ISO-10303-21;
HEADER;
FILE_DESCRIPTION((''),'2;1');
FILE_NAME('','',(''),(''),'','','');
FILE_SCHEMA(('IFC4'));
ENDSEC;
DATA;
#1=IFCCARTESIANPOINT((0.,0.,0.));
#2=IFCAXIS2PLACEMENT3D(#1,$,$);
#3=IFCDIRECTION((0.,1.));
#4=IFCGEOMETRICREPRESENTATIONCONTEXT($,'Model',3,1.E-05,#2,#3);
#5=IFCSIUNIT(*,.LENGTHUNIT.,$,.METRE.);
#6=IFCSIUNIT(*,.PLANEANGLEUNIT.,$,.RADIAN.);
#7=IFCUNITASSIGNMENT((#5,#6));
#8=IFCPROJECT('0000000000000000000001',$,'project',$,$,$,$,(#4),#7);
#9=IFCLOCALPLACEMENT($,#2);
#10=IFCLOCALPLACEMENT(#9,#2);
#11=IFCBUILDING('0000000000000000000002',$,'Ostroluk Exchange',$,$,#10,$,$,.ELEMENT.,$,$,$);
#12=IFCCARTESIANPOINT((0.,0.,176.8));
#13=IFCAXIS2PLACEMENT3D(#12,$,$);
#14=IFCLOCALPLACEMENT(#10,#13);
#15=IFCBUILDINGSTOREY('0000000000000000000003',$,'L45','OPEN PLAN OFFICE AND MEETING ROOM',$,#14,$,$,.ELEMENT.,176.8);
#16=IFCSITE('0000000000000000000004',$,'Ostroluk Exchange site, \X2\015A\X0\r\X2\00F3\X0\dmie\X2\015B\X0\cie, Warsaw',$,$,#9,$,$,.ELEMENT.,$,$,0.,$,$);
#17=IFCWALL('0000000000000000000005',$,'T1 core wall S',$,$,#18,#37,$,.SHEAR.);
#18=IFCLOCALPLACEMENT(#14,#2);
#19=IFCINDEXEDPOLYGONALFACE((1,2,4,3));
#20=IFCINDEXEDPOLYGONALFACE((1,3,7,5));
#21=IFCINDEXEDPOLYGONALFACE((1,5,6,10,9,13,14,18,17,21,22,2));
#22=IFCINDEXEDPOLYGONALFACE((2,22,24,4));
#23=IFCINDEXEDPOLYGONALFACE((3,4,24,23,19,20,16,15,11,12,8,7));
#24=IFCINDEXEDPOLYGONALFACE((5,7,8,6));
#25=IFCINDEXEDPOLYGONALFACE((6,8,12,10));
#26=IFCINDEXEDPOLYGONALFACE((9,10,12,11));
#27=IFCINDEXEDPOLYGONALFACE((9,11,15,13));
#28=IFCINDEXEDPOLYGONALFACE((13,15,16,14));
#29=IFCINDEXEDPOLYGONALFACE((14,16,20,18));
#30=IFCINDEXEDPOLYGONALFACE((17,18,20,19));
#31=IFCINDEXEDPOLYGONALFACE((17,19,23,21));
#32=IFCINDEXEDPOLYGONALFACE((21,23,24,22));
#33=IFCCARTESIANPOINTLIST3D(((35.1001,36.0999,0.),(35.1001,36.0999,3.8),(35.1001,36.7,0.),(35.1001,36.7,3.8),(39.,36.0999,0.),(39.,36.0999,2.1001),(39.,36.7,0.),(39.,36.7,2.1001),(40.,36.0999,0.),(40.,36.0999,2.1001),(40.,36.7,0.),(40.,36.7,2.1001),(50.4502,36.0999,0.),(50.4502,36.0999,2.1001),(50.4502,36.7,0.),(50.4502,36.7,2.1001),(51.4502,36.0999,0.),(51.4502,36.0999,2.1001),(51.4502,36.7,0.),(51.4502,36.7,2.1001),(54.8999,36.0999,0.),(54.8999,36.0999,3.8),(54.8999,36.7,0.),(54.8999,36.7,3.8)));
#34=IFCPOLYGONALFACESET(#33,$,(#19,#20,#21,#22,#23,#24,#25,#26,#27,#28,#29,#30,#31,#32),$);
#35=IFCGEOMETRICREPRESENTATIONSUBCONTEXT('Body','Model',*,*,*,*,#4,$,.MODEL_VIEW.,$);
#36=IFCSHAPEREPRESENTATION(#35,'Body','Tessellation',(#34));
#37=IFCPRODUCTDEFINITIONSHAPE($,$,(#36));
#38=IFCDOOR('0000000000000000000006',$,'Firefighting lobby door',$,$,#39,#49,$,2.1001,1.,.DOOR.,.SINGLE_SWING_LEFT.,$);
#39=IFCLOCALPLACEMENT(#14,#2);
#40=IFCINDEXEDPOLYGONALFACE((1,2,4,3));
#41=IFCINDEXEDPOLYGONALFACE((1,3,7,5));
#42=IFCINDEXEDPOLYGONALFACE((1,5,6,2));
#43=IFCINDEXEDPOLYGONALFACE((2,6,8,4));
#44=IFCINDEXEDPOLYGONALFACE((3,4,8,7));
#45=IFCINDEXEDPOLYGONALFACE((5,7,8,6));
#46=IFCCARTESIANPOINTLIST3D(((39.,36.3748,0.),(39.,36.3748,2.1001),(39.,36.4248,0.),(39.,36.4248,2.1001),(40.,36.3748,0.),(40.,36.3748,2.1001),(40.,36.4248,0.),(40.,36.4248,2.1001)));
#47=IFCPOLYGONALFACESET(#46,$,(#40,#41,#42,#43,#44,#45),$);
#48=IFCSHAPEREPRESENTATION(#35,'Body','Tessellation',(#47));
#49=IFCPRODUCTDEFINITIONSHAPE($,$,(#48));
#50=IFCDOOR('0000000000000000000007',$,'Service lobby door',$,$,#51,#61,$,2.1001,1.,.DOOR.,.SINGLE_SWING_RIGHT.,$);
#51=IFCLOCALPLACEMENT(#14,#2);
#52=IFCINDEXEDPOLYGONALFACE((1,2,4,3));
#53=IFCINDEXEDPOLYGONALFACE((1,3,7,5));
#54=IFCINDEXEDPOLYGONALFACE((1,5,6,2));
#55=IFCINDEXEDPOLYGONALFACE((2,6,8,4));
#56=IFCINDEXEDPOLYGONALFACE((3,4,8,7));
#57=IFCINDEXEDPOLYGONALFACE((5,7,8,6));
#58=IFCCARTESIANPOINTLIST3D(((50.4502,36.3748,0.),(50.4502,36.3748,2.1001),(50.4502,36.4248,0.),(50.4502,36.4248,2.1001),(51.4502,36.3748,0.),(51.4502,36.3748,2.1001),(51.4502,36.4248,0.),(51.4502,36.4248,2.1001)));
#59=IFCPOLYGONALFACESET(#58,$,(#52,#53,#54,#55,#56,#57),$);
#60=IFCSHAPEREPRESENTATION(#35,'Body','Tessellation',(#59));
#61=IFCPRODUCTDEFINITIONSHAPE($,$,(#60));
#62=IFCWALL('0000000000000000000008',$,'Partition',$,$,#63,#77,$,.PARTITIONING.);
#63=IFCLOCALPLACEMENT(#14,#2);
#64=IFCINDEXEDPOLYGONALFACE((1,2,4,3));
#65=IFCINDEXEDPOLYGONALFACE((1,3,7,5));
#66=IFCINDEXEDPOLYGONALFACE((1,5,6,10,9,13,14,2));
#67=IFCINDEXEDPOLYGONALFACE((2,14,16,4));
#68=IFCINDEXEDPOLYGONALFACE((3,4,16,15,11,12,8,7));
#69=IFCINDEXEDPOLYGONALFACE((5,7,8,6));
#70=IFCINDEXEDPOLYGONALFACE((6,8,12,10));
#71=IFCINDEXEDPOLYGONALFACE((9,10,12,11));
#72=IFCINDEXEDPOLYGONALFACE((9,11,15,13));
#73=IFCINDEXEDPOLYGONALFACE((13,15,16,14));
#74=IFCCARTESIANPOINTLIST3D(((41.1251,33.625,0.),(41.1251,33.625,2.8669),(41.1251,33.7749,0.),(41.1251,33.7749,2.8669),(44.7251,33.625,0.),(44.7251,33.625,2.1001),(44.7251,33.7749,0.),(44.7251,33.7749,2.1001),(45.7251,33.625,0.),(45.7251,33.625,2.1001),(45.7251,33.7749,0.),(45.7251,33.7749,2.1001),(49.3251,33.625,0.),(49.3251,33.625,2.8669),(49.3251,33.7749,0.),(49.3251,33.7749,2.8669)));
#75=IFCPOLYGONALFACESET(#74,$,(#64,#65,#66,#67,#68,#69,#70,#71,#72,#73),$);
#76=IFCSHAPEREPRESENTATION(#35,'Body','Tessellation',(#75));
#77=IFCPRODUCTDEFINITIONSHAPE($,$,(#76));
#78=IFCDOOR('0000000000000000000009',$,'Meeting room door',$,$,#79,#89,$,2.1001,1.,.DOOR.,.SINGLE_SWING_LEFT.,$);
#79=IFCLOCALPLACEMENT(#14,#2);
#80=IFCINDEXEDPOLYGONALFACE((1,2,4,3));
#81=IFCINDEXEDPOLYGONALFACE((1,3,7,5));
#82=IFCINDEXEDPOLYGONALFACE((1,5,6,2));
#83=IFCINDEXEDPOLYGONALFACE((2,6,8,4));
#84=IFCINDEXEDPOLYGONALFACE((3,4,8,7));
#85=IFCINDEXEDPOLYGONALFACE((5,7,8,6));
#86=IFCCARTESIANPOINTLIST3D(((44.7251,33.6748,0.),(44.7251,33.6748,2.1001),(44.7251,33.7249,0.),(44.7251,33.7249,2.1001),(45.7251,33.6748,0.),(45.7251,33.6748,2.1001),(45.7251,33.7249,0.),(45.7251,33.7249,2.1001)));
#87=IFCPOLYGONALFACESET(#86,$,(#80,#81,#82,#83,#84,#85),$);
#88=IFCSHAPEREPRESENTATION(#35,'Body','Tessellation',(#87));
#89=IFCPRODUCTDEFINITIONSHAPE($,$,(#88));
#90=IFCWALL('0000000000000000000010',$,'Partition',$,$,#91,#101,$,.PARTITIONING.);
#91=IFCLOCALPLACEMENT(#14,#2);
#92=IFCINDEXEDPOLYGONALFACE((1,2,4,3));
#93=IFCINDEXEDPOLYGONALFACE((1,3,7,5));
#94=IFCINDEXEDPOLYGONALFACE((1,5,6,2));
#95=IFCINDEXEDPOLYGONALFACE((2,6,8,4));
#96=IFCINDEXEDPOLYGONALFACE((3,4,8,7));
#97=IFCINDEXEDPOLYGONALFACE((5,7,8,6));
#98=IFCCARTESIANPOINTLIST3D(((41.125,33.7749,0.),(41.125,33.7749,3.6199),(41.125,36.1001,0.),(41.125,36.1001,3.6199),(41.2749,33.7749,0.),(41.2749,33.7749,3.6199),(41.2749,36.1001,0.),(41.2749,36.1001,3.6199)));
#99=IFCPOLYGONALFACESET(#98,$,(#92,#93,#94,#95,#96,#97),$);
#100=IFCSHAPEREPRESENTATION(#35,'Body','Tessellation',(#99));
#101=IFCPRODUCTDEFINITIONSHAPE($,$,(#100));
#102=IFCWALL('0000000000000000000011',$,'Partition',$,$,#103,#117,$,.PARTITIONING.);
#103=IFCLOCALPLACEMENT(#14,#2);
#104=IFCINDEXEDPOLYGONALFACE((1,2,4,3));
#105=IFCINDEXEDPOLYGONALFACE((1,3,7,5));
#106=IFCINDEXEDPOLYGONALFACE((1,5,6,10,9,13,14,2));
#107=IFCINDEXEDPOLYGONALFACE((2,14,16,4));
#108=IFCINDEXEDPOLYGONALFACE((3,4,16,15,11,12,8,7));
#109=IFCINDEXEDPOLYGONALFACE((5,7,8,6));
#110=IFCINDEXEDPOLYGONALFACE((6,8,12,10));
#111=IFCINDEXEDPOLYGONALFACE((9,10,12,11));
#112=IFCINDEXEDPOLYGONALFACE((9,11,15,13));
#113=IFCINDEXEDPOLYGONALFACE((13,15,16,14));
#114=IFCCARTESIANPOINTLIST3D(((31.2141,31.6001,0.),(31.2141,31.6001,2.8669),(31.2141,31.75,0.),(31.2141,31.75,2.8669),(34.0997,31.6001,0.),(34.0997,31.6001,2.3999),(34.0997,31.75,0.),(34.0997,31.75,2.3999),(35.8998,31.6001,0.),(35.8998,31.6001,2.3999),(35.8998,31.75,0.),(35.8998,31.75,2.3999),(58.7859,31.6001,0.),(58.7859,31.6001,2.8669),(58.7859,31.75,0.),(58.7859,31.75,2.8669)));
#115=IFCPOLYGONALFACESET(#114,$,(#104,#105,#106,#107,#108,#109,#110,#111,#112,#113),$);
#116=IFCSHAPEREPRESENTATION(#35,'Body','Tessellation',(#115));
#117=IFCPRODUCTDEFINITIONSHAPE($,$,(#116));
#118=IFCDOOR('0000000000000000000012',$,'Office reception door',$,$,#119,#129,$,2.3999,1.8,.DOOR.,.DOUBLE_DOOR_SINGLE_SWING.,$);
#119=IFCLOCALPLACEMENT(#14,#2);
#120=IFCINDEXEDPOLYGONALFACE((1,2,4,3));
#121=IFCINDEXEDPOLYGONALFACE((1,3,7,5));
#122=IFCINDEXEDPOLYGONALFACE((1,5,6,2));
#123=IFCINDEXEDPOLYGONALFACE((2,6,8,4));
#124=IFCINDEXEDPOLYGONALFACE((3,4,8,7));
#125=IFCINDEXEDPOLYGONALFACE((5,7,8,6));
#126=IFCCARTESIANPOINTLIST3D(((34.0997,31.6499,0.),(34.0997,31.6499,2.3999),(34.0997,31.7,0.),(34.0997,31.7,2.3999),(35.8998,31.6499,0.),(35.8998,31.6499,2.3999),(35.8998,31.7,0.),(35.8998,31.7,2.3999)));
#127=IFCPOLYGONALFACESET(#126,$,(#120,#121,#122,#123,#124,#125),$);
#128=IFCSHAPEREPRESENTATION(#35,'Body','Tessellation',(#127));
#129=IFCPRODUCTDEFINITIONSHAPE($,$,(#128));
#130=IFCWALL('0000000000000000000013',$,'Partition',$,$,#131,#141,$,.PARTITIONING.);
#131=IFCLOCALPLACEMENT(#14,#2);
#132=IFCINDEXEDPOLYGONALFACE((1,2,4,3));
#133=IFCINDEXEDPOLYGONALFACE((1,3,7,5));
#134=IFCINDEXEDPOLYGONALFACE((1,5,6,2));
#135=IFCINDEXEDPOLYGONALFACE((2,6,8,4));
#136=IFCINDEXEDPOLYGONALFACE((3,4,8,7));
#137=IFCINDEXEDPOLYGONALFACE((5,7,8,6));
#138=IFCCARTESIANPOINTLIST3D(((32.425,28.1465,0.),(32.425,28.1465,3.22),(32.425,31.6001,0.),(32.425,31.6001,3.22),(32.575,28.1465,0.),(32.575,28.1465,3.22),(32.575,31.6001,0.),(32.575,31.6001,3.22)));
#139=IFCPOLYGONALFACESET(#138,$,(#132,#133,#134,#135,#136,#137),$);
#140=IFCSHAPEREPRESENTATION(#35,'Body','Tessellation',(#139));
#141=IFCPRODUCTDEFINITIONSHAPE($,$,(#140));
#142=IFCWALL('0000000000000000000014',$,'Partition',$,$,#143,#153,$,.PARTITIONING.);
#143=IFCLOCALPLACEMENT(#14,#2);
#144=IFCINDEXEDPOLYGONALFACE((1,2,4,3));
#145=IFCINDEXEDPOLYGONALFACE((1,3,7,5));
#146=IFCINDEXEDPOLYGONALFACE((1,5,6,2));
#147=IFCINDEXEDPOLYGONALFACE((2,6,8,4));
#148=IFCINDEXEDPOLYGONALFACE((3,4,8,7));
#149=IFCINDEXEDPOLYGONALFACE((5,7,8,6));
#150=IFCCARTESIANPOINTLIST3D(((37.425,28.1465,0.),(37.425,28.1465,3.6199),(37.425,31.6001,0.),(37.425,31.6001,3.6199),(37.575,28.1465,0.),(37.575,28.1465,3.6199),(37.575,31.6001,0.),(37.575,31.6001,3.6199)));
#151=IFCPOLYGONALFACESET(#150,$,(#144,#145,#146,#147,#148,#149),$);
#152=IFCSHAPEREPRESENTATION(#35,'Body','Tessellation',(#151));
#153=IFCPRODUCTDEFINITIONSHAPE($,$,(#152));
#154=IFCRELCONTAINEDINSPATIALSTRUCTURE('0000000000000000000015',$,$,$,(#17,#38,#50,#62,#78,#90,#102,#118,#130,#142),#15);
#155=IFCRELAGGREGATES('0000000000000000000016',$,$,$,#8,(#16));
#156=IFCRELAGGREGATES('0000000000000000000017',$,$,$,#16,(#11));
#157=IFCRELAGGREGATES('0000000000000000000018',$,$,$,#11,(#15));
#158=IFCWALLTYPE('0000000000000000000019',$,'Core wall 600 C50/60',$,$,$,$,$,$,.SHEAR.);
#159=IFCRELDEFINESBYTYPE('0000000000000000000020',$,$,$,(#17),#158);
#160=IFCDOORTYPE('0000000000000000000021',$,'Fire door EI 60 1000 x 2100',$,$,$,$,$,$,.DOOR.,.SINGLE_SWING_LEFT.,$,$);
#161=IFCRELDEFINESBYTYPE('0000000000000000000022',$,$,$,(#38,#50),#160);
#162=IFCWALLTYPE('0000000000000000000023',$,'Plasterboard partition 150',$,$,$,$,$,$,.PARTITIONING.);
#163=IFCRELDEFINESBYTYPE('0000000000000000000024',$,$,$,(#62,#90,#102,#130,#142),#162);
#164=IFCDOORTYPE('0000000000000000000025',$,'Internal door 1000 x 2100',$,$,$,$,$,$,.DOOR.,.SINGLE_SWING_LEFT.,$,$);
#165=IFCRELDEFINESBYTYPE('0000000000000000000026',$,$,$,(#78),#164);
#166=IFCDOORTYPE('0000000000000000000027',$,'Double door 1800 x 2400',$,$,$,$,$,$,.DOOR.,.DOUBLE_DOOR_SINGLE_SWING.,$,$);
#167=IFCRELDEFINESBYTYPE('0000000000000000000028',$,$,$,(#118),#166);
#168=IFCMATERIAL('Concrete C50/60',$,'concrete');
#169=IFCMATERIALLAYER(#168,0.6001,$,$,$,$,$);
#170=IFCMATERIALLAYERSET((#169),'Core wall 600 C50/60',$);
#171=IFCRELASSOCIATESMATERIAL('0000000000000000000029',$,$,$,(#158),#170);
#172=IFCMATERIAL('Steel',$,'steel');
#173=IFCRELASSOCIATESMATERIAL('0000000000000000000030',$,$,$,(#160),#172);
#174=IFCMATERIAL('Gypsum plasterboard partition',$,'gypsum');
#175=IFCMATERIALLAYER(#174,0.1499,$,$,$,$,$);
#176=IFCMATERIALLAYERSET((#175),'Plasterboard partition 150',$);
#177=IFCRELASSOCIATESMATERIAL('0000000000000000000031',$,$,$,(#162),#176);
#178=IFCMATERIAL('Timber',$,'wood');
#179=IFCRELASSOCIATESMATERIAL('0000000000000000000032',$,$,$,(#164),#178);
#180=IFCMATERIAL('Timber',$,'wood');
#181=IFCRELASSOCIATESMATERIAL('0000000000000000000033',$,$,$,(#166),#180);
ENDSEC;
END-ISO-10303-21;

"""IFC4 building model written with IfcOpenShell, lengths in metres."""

from ifc_helpers import new_model, si_unit, direction, frame, frame_2d, origin, place, context, subcontext, project, spatial, rectangle, extrude, material, layer, layer_set, type_object, element, fill, save


model = new_model("IFC4")

# Units and contexts
model_context = context("Model", 3, precision=1e-05, world=origin(), true_north=direction((0.0, 1.0)))
body_context = subcontext(model_context, "Body", "Model", "MODEL_VIEW")
ifc_project = project(units=[si_unit("LENGTHUNIT", "METRE"), si_unit("PLANEANGLEUNIT", "RADIAN")], contexts=[model_context])

# Site, building, storey
site_placement = place(None, origin())
site = spatial("IfcSite", under=ifc_project, at=site_placement, Name="Ostroluk Exchange site, Śródmieście, Warsaw", CompositionType="ELEMENT", RefElevation=0.0)
building_placement = place(site_placement, origin())
building = spatial("IfcBuilding", under=site, at=building_placement, Name="Ostroluk Exchange", CompositionType="ELEMENT")
storey_placement = place(building_placement, frame((0.0, 0.0, 176.8)))
storey = spatial("IfcBuildingStorey", under=building, at=storey_placement, Name="L45", Description="OPEN PLAN OFFICE AND MEETING ROOM", CompositionType="ELEMENT", Elevation=176.8)

# Wall, openings, doors
ifc_material_1 = material(Name="Concrete C50/60", Category="concrete")
ifc_layer_1 = layer(ifc_material_1, 0.6001)
ifc_layer_set_1 = layer_set([ifc_layer_1], Name="Core wall 600 C50/60")
wall_type_1 = type_object("IfcWallType", Name="Core wall 600 C50/60", PredefinedType="SHEAR", material=ifc_layer_set_1)
wall_1_placement = place(storey_placement, frame((35.1001, 36.3999, 0.0), z_axis=(0.0, 0.0, 1.0), x_axis=(1.0, 0.0, 0.0)))
wall_1 = element("IfcWall", 1, at=wall_1_placement, inside=storey, type_object=wall_type_1, Name="T1 core wall S", PredefinedType="SHEAR", context=body_context, shape_type="SweptSolid", body=[
    extrude(rectangle(XDim=19.7998, YDim=0.6001, at=frame_2d((9.8999, 0.0))), origin(), (0.0, 0.0, 1.0), 3.8),
])
opening_1_placement = place(wall_1_placement, frame((3.8999, 0.0, 0.0)))
opening_1 = element("IfcOpeningElement", 2, at=opening_1_placement, cuts=wall_1, PredefinedType="OPENING", context=body_context, shape_type="SweptSolid", body=[
    extrude(rectangle(XDim=1.0, YDim=2.1001, at=frame_2d((0.5, 1.05))), frame((0.0, 0.3101, 0.0), z_axis=(0.0, -1.0, 0.0), x_axis=(1.0, 0.0, 0.0)), (0.0, 0.0, 1.0), 0.6201),
])
opening_2_placement = place(wall_1_placement, frame((15.3501, 0.0, 0.0)))
opening_2 = element("IfcOpeningElement", 3, at=opening_2_placement, cuts=wall_1, PredefinedType="OPENING", context=body_context, shape_type="SweptSolid", body=[
    extrude(rectangle(XDim=1.0, YDim=2.1001, at=frame_2d((0.5, 1.05))), frame((0.0, 0.3101, 0.0), z_axis=(0.0, -1.0, 0.0), x_axis=(1.0, 0.0, 0.0)), (0.0, 0.0, 1.0), 0.6201),
])
ifc_material_2 = material(Name="Steel", Category="steel")
door_type_1 = type_object("IfcDoorType", Name="Fire door EI 60 1000 x 2100", OperationType="SINGLE_SWING_LEFT", PredefinedType="DOOR", material=ifc_material_2)
door_1_placement = place(opening_1_placement, origin())
door_1 = element("IfcDoor", 4, at=door_1_placement, inside=storey, type_object=door_type_1, Name="Firefighting lobby door", OperationType="SINGLE_SWING_LEFT", OverallHeight=2.1001, OverallWidth=1.0, PredefinedType="DOOR", context=body_context, shape_type="SweptSolid", body=[
    extrude(rectangle(XDim=1.0, YDim=2.1001, at=frame_2d((0.5, 1.05))), frame((0.0, 0.0249, 0.0), z_axis=(0.0, -1.0, 0.0), x_axis=(1.0, 0.0, 0.0)), (0.0, 0.0, 1.0), 0.05),
])
fill(opening_1, door_1)
door_2_placement = place(opening_2_placement, origin())
door_2 = element("IfcDoor", 5, at=door_2_placement, inside=storey, type_object=door_type_1, Name="Service lobby door", OperationType="SINGLE_SWING_RIGHT", OverallHeight=2.1001, OverallWidth=1.0, PredefinedType="DOOR", context=body_context, shape_type="SweptSolid", body=[
    extrude(rectangle(XDim=1.0, YDim=2.1001, at=frame_2d((0.5, 1.05))), frame((0.0, 0.0249, 0.0), z_axis=(0.0, -1.0, 0.0), x_axis=(1.0, 0.0, 0.0)), (0.0, 0.0, 1.0), 0.05),
])
fill(opening_2, door_2)

# Wall, opening, door
ifc_material_3 = material(Name="Gypsum plasterboard partition", Category="gypsum")
ifc_layer_2 = layer(ifc_material_3, 0.1499)
ifc_layer_set_2 = layer_set([ifc_layer_2], Name="Plasterboard partition 150")
wall_type_2 = type_object("IfcWallType", Name="Plasterboard partition 150", PredefinedType="PARTITIONING", material=ifc_layer_set_2)
wall_2_placement = place(storey_placement, frame((41.125, 33.7, 0.0), z_axis=(0.0, 0.0, 1.0), x_axis=(1.0, 0.0, 0.0)))
wall_2 = element("IfcWall", 6, at=wall_2_placement, inside=storey, type_object=wall_type_2, Name="Partition", PredefinedType="PARTITIONING", context=body_context, shape_type="SweptSolid", body=[
    extrude(rectangle(XDim=8.2, YDim=0.1499, at=frame_2d((4.1001, 0.0))), origin(), (0.0, 0.0, 1.0), 2.8669),
])
opening_3_placement = place(wall_2_placement, frame((3.6001, 0.0, 0.0)))
opening_3 = element("IfcOpeningElement", 7, at=opening_3_placement, cuts=wall_2, PredefinedType="OPENING", context=body_context, shape_type="SweptSolid", body=[
    extrude(rectangle(XDim=1.0, YDim=2.1001, at=frame_2d((0.5, 1.05))), frame((0.0, 0.085, 0.0), z_axis=(0.0, -1.0, 0.0), x_axis=(1.0, 0.0, 0.0)), (0.0, 0.0, 1.0), 0.1699),
])
ifc_material_4 = material(Name="Timber", Category="wood")
door_type_2 = type_object("IfcDoorType", Name="Internal door 1000 x 2100", OperationType="SINGLE_SWING_LEFT", PredefinedType="DOOR", material=ifc_material_4)
door_3_placement = place(opening_3_placement, origin())
door_3 = element("IfcDoor", 8, at=door_3_placement, inside=storey, type_object=door_type_2, Name="Meeting room door", OperationType="SINGLE_SWING_LEFT", OverallHeight=2.1001, OverallWidth=1.0, PredefinedType="DOOR", context=body_context, shape_type="SweptSolid", body=[
    extrude(rectangle(XDim=1.0, YDim=2.1001, at=frame_2d((0.5, 1.05))), frame((0.0, 0.0249, 0.0), z_axis=(0.0, -1.0, 0.0), x_axis=(1.0, 0.0, 0.0)), (0.0, 0.0, 1.0), 0.05),
])
fill(opening_3, door_3)

# Wall
wall_3_placement = place(storey_placement, frame((41.2, 36.1001, 0.0), z_axis=(0.0, 0.0, 1.0), x_axis=(0.0, -1.0, 0.0)))
element("IfcWall", 9, at=wall_3_placement, inside=storey, type_object=wall_type_2, Name="Partition", PredefinedType="PARTITIONING", context=body_context, shape_type="SweptSolid", body=[
    extrude(rectangle(XDim=2.3252, YDim=0.1499, at=frame_2d((1.1626, 0.0))), origin(), (0.0, 0.0, 1.0), 3.6199),
])

# Wall, opening, door
wall_4_placement = place(storey_placement, frame((31.2141, 31.675, 0.0), z_axis=(0.0, 0.0, 1.0), x_axis=(1.0, 0.0, 0.0)))
wall_4 = element("IfcWall", 10, at=wall_4_placement, inside=storey, type_object=wall_type_2, Name="Partition", PredefinedType="PARTITIONING", context=body_context, shape_type="SweptSolid", body=[
    extrude(rectangle(XDim=27.5718, YDim=0.1499, at=frame_2d((13.7859, 0.0))), origin(), (0.0, 0.0, 1.0), 2.8669),
])
opening_4_placement = place(wall_4_placement, frame((2.8857, 0.0, 0.0)))
opening_4 = element("IfcOpeningElement", 11, at=opening_4_placement, cuts=wall_4, PredefinedType="OPENING", context=body_context, shape_type="SweptSolid", body=[
    extrude(rectangle(XDim=1.8, YDim=2.3999, at=frame_2d((0.8999, 1.2))), frame((0.0, 0.085, 0.0), z_axis=(0.0, -1.0, 0.0), x_axis=(1.0, 0.0, 0.0)), (0.0, 0.0, 1.0), 0.1699),
])
ifc_material_5 = material(Name="Timber", Category="wood")
door_type_3 = type_object("IfcDoorType", Name="Double door 1800 x 2400", OperationType="DOUBLE_DOOR_SINGLE_SWING", PredefinedType="DOOR", material=ifc_material_5)
door_4_placement = place(opening_4_placement, origin())
door_4 = element("IfcDoor", 12, at=door_4_placement, inside=storey, type_object=door_type_3, Name="Office reception door", OperationType="DOUBLE_DOOR_SINGLE_SWING", OverallHeight=2.3999, OverallWidth=1.8, PredefinedType="DOOR", context=body_context, shape_type="SweptSolid", body=[
    extrude(rectangle(XDim=1.8, YDim=2.3999, at=frame_2d((0.8999, 1.2))), frame((0.0, 0.0249, 0.0), z_axis=(0.0, -1.0, 0.0), x_axis=(1.0, 0.0, 0.0)), (0.0, 0.0, 1.0), 0.05),
])
fill(opening_4, door_4)

# Walls
wall_5_placement = place(storey_placement, frame((32.5, 31.6001, 0.0), z_axis=(0.0, 0.0, 1.0), x_axis=(0.0, -1.0, 0.0)))
element("IfcWall", 13, at=wall_5_placement, inside=storey, type_object=wall_type_2, Name="Partition", PredefinedType="PARTITIONING", context=body_context, shape_type="SweptSolid", body=[
    extrude(rectangle(XDim=3.4536, YDim=0.1499, at=frame_2d((1.7268, 0.0))), origin(), (0.0, 0.0, 1.0), 3.22),
])
wall_6_placement = place(storey_placement, frame((37.5, 31.6001, 0.0), z_axis=(0.0, 0.0, 1.0), x_axis=(0.0, -1.0, 0.0)))
element("IfcWall", 14, at=wall_6_placement, inside=storey, type_object=wall_type_2, Name="Partition", PredefinedType="PARTITIONING", context=body_context, shape_type="SweptSolid", body=[
    extrude(rectangle(XDim=3.4536, YDim=0.1499, at=frame_2d((1.7268, 0.0))), origin(), (0.0, 0.0, 1.0), 3.6199),
])

save(model, "model.ifc")
